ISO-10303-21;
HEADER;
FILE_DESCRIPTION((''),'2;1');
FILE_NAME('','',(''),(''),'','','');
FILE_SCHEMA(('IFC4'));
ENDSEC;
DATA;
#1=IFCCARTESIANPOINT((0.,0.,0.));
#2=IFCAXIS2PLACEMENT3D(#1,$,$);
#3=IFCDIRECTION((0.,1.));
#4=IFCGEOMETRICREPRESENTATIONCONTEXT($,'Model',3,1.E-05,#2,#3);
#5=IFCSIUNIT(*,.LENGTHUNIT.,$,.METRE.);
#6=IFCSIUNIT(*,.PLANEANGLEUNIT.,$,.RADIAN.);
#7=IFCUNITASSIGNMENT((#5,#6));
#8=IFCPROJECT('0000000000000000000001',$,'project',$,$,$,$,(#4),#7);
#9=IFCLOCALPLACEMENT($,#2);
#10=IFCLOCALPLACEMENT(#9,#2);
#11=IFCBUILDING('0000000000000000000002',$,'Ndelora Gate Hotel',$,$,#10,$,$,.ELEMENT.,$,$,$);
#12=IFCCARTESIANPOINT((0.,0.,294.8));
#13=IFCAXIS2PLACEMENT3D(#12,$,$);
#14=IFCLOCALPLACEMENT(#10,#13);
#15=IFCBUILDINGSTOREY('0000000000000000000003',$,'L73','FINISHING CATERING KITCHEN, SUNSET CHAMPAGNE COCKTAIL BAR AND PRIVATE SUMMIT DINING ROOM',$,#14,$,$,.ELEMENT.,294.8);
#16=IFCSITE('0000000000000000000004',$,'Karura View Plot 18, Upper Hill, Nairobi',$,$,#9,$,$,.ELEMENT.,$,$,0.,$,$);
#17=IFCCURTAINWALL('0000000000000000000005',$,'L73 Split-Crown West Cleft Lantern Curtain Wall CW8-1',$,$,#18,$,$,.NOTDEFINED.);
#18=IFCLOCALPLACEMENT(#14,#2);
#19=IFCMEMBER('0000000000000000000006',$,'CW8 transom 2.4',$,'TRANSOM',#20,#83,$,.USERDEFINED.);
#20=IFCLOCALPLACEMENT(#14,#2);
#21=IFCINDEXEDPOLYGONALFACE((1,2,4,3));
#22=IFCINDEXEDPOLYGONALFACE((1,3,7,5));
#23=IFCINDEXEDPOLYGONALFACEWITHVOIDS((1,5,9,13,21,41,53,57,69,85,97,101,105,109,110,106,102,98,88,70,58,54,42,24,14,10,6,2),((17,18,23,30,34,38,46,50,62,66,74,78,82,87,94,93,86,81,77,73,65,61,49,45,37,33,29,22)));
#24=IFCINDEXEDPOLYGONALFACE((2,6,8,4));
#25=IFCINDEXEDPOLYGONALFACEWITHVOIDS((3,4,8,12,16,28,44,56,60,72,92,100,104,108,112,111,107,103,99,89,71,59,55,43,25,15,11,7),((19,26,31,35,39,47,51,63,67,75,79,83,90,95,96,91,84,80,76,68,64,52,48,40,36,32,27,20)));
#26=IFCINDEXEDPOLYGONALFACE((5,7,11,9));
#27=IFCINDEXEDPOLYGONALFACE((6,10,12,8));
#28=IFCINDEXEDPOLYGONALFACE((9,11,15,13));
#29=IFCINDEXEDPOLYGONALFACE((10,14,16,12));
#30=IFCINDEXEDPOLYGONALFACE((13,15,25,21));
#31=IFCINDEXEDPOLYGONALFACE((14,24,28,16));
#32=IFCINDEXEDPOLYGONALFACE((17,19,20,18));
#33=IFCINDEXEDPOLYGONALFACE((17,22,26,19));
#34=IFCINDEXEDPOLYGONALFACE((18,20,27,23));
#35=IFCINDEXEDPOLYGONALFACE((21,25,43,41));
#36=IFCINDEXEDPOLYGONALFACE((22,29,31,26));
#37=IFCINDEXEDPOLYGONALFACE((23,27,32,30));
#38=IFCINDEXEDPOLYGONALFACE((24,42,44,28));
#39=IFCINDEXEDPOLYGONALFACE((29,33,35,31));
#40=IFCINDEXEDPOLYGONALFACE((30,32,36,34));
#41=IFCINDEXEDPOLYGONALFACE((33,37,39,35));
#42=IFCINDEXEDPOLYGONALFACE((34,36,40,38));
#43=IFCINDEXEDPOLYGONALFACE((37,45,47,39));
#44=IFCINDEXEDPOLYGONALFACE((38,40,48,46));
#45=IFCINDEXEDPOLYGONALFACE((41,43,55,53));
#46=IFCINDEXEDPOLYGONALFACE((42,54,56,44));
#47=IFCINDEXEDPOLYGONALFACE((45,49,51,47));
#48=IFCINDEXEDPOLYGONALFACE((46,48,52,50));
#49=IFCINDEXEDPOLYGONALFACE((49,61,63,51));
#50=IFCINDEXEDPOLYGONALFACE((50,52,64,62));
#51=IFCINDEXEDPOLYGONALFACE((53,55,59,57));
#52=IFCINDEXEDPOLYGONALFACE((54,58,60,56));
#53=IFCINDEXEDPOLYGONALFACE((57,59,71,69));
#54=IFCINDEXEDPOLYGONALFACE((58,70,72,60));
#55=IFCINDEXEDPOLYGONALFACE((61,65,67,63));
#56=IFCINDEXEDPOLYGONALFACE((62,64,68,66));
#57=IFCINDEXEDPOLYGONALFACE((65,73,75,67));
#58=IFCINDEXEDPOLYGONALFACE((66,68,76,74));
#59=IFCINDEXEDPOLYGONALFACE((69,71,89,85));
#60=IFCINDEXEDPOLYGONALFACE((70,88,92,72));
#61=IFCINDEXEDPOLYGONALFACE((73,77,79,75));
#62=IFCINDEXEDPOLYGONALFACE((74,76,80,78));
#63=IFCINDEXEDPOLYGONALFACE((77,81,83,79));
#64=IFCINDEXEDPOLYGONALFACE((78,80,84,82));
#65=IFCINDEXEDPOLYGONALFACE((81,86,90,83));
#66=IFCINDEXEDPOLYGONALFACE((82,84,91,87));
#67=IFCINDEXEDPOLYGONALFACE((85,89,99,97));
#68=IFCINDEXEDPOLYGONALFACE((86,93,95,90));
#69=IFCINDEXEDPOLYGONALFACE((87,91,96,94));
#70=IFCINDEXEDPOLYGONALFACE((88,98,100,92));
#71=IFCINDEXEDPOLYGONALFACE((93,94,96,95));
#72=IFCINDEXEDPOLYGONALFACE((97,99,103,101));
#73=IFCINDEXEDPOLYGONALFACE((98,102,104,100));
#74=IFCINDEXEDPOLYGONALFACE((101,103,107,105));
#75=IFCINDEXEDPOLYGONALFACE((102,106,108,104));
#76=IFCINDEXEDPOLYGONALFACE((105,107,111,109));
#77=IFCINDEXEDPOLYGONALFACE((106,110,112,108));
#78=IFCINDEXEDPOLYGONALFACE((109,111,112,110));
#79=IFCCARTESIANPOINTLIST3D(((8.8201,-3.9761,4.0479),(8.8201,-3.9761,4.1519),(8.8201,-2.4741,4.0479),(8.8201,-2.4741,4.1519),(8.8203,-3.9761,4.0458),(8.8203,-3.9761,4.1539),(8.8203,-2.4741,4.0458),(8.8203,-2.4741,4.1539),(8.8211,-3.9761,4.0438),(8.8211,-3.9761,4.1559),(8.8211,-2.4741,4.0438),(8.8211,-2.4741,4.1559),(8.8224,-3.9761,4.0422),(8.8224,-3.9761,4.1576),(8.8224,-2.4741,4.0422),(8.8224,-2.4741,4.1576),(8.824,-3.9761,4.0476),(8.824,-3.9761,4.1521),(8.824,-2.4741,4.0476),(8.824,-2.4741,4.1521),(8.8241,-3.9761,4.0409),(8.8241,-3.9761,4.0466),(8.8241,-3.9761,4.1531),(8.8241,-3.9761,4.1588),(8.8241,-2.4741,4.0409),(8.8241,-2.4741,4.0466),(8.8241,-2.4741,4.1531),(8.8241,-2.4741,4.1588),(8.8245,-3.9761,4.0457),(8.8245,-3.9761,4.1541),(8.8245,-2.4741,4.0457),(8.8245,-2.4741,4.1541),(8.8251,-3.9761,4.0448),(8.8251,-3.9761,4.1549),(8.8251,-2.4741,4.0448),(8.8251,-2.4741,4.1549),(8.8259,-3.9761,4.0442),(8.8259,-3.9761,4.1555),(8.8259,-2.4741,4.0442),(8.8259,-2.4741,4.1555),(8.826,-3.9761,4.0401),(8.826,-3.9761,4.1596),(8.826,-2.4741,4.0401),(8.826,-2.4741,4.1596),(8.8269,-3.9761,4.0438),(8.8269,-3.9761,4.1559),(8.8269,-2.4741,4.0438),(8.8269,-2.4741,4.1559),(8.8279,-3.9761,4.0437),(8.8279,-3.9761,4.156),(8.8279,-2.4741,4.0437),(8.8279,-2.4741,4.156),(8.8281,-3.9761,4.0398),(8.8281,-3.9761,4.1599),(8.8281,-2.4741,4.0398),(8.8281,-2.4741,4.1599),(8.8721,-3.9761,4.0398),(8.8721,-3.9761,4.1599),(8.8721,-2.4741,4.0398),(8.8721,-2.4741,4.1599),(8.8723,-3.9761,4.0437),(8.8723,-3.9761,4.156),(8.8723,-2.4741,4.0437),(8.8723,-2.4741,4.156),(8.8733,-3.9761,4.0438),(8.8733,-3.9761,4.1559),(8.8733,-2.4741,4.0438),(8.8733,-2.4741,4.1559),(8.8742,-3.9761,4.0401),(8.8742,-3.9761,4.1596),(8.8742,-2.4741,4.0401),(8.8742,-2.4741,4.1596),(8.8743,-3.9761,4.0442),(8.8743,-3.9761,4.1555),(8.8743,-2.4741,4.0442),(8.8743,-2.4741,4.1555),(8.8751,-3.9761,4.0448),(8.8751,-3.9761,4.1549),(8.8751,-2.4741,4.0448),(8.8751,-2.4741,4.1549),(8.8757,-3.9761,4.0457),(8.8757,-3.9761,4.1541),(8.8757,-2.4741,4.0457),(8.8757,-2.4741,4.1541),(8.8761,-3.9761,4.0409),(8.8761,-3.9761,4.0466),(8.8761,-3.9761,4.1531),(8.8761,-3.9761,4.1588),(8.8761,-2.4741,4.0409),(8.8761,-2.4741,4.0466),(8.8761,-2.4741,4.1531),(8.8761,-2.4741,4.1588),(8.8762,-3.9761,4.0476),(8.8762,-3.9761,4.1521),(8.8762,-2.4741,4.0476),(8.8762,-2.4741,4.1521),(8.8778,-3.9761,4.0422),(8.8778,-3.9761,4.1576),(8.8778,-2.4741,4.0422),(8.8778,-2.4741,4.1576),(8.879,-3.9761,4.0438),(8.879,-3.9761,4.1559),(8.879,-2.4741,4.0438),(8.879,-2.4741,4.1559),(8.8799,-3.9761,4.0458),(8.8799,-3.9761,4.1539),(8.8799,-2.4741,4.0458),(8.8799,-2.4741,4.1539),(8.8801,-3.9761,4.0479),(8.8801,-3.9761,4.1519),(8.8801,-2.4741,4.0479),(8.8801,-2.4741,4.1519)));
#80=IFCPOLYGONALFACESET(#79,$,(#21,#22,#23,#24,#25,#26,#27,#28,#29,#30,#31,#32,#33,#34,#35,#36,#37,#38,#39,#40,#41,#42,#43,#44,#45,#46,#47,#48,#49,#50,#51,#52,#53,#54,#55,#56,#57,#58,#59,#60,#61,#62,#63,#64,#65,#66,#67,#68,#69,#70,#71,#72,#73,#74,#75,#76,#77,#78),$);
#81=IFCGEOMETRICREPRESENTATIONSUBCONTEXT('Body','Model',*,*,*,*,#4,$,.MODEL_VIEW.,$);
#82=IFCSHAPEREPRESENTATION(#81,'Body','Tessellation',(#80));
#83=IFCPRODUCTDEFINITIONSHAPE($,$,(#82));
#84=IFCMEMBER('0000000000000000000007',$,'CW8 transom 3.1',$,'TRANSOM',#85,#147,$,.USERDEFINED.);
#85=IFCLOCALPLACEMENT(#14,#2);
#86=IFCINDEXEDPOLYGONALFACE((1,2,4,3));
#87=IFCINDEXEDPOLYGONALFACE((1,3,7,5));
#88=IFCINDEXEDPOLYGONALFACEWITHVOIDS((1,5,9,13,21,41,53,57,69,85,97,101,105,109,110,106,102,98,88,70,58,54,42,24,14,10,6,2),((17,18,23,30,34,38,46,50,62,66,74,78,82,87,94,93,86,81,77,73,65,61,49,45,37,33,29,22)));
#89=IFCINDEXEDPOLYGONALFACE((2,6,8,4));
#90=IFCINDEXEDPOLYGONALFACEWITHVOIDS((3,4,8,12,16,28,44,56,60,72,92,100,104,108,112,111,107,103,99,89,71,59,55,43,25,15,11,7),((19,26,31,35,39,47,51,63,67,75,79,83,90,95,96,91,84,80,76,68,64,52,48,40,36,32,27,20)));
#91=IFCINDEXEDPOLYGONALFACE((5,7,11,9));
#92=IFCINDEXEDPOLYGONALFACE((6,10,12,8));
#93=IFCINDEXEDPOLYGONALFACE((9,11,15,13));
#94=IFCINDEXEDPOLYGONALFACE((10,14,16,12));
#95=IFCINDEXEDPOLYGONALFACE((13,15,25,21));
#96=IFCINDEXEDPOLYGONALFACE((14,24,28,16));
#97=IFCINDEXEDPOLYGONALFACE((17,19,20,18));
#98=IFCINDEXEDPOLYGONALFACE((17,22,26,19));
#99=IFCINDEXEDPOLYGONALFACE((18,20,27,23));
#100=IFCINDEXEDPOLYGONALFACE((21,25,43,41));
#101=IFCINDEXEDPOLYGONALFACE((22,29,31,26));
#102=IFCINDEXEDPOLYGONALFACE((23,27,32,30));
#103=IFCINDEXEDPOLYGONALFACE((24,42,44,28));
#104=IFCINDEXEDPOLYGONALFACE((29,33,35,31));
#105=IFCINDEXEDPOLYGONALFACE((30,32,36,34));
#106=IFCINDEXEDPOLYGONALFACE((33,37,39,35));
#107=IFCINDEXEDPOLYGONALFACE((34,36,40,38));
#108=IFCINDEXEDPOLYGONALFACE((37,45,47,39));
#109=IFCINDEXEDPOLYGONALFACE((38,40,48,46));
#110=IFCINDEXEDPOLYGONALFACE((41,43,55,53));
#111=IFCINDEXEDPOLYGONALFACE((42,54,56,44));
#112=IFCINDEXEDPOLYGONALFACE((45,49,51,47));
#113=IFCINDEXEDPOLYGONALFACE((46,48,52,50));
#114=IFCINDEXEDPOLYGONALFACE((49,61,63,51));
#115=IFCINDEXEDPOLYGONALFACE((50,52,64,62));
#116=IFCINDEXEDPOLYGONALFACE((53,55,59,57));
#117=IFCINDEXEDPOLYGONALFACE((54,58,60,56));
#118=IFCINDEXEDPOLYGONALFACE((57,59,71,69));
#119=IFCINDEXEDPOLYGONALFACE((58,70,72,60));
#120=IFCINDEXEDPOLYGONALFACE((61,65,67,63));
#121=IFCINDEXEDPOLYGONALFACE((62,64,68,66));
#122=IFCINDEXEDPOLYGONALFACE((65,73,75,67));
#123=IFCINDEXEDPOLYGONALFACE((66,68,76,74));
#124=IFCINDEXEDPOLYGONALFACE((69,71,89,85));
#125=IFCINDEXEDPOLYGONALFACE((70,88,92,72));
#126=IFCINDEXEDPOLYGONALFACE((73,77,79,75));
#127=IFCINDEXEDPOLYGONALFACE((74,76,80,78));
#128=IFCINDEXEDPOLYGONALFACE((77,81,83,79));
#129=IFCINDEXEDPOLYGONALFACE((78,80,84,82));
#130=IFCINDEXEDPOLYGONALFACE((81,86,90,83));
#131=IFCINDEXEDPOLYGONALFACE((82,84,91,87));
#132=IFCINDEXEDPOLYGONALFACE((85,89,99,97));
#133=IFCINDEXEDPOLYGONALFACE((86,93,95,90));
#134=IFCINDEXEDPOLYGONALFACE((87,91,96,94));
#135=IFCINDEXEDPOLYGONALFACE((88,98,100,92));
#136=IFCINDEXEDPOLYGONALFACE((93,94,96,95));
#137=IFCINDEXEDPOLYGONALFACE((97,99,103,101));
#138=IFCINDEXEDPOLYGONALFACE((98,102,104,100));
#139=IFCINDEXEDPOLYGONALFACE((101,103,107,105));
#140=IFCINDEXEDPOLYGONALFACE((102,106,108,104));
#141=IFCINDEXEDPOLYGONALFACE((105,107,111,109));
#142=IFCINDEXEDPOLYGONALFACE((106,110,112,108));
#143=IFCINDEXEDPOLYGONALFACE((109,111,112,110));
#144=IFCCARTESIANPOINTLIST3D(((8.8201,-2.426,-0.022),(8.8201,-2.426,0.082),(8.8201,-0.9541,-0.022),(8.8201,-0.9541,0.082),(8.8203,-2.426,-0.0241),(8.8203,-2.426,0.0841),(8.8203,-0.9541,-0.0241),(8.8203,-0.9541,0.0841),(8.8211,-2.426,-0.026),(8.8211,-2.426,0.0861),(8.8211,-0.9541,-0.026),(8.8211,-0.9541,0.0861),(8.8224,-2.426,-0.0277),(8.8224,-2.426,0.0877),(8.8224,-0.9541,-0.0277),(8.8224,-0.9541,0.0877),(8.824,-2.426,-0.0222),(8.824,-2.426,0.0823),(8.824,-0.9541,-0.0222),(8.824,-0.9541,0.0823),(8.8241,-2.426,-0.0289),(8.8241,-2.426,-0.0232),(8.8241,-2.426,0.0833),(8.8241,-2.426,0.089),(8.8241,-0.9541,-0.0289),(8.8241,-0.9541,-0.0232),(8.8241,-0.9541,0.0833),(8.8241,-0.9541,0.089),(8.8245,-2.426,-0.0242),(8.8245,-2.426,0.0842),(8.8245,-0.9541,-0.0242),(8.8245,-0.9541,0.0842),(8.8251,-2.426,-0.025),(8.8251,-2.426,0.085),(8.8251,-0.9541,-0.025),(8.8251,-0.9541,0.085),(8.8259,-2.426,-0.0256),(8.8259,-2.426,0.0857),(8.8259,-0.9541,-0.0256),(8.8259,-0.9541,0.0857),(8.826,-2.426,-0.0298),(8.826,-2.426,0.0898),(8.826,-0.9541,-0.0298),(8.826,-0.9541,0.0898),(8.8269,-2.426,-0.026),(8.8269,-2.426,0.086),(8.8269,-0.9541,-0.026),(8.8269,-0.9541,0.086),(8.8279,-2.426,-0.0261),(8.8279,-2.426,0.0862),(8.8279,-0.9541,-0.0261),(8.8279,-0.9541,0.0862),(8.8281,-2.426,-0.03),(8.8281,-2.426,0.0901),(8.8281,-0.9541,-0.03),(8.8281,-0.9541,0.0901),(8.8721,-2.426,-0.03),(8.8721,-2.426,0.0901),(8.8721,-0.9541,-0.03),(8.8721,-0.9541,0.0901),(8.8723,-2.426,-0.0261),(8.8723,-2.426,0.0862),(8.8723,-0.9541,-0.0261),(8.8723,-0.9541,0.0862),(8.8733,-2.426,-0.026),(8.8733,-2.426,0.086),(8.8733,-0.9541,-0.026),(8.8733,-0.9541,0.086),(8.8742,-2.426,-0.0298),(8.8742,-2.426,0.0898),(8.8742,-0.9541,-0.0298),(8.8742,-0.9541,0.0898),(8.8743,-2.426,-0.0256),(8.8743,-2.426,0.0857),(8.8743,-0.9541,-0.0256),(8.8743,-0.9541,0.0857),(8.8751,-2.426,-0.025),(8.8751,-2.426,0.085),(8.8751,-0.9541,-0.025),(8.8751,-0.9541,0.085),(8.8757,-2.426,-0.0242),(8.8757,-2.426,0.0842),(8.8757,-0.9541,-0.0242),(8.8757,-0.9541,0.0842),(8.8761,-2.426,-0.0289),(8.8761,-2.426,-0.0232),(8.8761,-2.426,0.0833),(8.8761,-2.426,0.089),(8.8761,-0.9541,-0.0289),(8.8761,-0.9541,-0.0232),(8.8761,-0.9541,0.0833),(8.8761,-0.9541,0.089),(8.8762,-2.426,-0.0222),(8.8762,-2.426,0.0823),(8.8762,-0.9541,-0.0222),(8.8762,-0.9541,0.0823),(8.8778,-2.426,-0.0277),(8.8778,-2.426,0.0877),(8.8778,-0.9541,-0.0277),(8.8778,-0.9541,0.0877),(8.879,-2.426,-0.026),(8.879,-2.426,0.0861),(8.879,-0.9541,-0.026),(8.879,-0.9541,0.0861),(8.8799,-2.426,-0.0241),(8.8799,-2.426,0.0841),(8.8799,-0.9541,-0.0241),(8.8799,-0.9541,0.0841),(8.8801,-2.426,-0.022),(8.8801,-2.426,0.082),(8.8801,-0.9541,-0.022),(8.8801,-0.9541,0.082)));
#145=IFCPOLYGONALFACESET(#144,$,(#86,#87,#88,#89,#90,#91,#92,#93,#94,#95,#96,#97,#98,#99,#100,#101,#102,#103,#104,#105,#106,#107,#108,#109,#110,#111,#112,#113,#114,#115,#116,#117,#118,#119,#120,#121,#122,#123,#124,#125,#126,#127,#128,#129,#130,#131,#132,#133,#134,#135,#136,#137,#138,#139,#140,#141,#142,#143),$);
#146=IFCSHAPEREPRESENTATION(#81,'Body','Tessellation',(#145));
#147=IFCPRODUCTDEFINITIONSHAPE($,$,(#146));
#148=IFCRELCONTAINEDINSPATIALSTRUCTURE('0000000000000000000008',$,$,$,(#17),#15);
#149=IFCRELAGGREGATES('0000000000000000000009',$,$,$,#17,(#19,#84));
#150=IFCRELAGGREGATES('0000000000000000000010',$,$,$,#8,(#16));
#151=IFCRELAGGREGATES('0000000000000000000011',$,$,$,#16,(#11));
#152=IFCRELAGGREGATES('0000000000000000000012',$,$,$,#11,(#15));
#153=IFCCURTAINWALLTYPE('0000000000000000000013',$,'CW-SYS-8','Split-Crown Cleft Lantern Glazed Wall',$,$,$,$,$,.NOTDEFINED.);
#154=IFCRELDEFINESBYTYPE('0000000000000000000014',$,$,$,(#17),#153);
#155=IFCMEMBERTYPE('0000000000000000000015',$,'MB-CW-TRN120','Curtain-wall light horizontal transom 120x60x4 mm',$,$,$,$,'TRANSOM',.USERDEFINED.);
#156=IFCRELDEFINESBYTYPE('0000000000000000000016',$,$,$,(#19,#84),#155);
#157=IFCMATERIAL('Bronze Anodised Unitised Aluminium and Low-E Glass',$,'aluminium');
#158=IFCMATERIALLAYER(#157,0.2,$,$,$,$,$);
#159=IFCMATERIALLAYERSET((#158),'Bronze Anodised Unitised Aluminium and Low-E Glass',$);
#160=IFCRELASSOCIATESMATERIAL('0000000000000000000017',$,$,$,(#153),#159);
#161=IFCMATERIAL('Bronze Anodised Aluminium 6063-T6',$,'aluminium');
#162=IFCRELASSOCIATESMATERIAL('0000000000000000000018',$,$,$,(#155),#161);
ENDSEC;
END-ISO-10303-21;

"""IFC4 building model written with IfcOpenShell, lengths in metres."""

from ifc_helpers import new_model, si_unit, direction, frame, origin, origin_2d, place, context, subcontext, project, spatial, hollow_rectangle, extrude, material, layer, layer_set, material_profile, profile_set, type_object, element, aggregate, save


model = new_model("IFC4")

# Units and contexts
model_context = context("Model", 3, precision=1e-05, world=origin(), true_north=direction((0.0, 1.0)))
body_context = subcontext(model_context, "Body", "Model", "MODEL_VIEW")
ifc_project = project(units=[si_unit("LENGTHUNIT", "METRE"), si_unit("PLANEANGLEUNIT", "RADIAN")], contexts=[model_context])

# Site, building, storey
site_placement = place(None, origin())
site = spatial("IfcSite", under=ifc_project, at=site_placement, Name="Karura View Plot 18, Upper Hill, Nairobi", CompositionType="ELEMENT", RefElevation=0.0)
building_placement = place(site_placement, origin())
building = spatial("IfcBuilding", under=site, at=building_placement, Name="Ndelora Gate Hotel", CompositionType="ELEMENT")
storey_placement = place(building_placement, frame((0.0, 0.0, 294.8)))
storey = spatial("IfcBuildingStorey", under=building, at=storey_placement, Name="L73", Description="FINISHING CATERING KITCHEN, SUNSET CHAMPAGNE COCKTAIL BAR AND PRIVATE SUMMIT DINING ROOM", CompositionType="ELEMENT", Elevation=294.8)

# Curtain wall, members
ifc_material_1 = material(Name="Bronze Anodised Unitised Aluminium and Low-E Glass", Category="aluminium")
ifc_layer_1 = layer(ifc_material_1, 0.2)
ifc_layer_set_1 = layer_set([ifc_layer_1], Name="Bronze Anodised Unitised Aluminium and Low-E Glass")
curtain_wall_type = type_object("IfcCurtainWallType", Name="CW-SYS-8", Description="Split-Crown Cleft Lantern Glazed Wall", PredefinedType="NOTDEFINED", material=ifc_layer_set_1)
curtain_wall_placement = place(storey_placement, origin())
curtain_wall = element("IfcCurtainWall", 1, at=curtain_wall_placement, inside=storey, type_object=curtain_wall_type, Name="L73 Split-Crown West Cleft Lantern Curtain Wall CW8-1", PredefinedType="NOTDEFINED")
ifc_material_2 = material(Name="Bronze Anodised Aluminium 6063-T6", Category="aluminium")
ifc_material_profile_1 = material_profile(ifc_material_2, hollow_rectangle(XDim=0.0601, YDim=0.1201, WallThickness=0.0039, InnerFilletRadius=0.0039, OuterFilletRadius=0.0081, at=origin_2d()), Name="ALU 120x60x4")
ifc_profile_set_1 = profile_set([ifc_material_profile_1], Name="Bronze Anodised Aluminium 6063-T6")
member_type_1 = type_object("IfcMemberType", Name="MB-CW-TRN120", Description="Curtain-wall light horizontal transom 120x60x4 mm", ElementType="TRANSOM", PredefinedType="USERDEFINED", material=ifc_profile_set_1)
member_1_placement = place(storey_placement, frame((8.8501, -3.9761, 4.0999), z_axis=(0.0, 1.0, 0.0), x_axis=(-1.0, 0.0, 0.0)))
member_1 = element("IfcMember", 2, at=member_1_placement, type_object=member_type_1, Name="CW8 transom 2.4", ObjectType="TRANSOM", PredefinedType="USERDEFINED", context=body_context, shape_type="SweptSolid", body=[
    extrude(hollow_rectangle(XDim=0.0601, YDim=0.1201, WallThickness=0.0039, InnerFilletRadius=0.0039, OuterFilletRadius=0.0081, at=origin_2d()), origin(), (0.0, 0.0, 1.0), 1.502),
])
member_2_placement = place(storey_placement, frame((8.8501, -2.426, 0.03), z_axis=(0.0, 1.0, 0.0), x_axis=(-1.0, 0.0, 0.0)))
member_2 = element("IfcMember", 3, at=member_2_placement, type_object=member_type_1, Name="CW8 transom 3.1", ObjectType="TRANSOM", PredefinedType="USERDEFINED", context=body_context, shape_type="SweptSolid", body=[
    extrude(hollow_rectangle(XDim=0.0601, YDim=0.1201, WallThickness=0.0039, InnerFilletRadius=0.0039, OuterFilletRadius=0.0081, at=origin_2d()), origin(), (0.0, 0.0, 1.0), 1.4719),
])
aggregate(curtain_wall, [member_1, member_2])

save(model, "model.ifc")
